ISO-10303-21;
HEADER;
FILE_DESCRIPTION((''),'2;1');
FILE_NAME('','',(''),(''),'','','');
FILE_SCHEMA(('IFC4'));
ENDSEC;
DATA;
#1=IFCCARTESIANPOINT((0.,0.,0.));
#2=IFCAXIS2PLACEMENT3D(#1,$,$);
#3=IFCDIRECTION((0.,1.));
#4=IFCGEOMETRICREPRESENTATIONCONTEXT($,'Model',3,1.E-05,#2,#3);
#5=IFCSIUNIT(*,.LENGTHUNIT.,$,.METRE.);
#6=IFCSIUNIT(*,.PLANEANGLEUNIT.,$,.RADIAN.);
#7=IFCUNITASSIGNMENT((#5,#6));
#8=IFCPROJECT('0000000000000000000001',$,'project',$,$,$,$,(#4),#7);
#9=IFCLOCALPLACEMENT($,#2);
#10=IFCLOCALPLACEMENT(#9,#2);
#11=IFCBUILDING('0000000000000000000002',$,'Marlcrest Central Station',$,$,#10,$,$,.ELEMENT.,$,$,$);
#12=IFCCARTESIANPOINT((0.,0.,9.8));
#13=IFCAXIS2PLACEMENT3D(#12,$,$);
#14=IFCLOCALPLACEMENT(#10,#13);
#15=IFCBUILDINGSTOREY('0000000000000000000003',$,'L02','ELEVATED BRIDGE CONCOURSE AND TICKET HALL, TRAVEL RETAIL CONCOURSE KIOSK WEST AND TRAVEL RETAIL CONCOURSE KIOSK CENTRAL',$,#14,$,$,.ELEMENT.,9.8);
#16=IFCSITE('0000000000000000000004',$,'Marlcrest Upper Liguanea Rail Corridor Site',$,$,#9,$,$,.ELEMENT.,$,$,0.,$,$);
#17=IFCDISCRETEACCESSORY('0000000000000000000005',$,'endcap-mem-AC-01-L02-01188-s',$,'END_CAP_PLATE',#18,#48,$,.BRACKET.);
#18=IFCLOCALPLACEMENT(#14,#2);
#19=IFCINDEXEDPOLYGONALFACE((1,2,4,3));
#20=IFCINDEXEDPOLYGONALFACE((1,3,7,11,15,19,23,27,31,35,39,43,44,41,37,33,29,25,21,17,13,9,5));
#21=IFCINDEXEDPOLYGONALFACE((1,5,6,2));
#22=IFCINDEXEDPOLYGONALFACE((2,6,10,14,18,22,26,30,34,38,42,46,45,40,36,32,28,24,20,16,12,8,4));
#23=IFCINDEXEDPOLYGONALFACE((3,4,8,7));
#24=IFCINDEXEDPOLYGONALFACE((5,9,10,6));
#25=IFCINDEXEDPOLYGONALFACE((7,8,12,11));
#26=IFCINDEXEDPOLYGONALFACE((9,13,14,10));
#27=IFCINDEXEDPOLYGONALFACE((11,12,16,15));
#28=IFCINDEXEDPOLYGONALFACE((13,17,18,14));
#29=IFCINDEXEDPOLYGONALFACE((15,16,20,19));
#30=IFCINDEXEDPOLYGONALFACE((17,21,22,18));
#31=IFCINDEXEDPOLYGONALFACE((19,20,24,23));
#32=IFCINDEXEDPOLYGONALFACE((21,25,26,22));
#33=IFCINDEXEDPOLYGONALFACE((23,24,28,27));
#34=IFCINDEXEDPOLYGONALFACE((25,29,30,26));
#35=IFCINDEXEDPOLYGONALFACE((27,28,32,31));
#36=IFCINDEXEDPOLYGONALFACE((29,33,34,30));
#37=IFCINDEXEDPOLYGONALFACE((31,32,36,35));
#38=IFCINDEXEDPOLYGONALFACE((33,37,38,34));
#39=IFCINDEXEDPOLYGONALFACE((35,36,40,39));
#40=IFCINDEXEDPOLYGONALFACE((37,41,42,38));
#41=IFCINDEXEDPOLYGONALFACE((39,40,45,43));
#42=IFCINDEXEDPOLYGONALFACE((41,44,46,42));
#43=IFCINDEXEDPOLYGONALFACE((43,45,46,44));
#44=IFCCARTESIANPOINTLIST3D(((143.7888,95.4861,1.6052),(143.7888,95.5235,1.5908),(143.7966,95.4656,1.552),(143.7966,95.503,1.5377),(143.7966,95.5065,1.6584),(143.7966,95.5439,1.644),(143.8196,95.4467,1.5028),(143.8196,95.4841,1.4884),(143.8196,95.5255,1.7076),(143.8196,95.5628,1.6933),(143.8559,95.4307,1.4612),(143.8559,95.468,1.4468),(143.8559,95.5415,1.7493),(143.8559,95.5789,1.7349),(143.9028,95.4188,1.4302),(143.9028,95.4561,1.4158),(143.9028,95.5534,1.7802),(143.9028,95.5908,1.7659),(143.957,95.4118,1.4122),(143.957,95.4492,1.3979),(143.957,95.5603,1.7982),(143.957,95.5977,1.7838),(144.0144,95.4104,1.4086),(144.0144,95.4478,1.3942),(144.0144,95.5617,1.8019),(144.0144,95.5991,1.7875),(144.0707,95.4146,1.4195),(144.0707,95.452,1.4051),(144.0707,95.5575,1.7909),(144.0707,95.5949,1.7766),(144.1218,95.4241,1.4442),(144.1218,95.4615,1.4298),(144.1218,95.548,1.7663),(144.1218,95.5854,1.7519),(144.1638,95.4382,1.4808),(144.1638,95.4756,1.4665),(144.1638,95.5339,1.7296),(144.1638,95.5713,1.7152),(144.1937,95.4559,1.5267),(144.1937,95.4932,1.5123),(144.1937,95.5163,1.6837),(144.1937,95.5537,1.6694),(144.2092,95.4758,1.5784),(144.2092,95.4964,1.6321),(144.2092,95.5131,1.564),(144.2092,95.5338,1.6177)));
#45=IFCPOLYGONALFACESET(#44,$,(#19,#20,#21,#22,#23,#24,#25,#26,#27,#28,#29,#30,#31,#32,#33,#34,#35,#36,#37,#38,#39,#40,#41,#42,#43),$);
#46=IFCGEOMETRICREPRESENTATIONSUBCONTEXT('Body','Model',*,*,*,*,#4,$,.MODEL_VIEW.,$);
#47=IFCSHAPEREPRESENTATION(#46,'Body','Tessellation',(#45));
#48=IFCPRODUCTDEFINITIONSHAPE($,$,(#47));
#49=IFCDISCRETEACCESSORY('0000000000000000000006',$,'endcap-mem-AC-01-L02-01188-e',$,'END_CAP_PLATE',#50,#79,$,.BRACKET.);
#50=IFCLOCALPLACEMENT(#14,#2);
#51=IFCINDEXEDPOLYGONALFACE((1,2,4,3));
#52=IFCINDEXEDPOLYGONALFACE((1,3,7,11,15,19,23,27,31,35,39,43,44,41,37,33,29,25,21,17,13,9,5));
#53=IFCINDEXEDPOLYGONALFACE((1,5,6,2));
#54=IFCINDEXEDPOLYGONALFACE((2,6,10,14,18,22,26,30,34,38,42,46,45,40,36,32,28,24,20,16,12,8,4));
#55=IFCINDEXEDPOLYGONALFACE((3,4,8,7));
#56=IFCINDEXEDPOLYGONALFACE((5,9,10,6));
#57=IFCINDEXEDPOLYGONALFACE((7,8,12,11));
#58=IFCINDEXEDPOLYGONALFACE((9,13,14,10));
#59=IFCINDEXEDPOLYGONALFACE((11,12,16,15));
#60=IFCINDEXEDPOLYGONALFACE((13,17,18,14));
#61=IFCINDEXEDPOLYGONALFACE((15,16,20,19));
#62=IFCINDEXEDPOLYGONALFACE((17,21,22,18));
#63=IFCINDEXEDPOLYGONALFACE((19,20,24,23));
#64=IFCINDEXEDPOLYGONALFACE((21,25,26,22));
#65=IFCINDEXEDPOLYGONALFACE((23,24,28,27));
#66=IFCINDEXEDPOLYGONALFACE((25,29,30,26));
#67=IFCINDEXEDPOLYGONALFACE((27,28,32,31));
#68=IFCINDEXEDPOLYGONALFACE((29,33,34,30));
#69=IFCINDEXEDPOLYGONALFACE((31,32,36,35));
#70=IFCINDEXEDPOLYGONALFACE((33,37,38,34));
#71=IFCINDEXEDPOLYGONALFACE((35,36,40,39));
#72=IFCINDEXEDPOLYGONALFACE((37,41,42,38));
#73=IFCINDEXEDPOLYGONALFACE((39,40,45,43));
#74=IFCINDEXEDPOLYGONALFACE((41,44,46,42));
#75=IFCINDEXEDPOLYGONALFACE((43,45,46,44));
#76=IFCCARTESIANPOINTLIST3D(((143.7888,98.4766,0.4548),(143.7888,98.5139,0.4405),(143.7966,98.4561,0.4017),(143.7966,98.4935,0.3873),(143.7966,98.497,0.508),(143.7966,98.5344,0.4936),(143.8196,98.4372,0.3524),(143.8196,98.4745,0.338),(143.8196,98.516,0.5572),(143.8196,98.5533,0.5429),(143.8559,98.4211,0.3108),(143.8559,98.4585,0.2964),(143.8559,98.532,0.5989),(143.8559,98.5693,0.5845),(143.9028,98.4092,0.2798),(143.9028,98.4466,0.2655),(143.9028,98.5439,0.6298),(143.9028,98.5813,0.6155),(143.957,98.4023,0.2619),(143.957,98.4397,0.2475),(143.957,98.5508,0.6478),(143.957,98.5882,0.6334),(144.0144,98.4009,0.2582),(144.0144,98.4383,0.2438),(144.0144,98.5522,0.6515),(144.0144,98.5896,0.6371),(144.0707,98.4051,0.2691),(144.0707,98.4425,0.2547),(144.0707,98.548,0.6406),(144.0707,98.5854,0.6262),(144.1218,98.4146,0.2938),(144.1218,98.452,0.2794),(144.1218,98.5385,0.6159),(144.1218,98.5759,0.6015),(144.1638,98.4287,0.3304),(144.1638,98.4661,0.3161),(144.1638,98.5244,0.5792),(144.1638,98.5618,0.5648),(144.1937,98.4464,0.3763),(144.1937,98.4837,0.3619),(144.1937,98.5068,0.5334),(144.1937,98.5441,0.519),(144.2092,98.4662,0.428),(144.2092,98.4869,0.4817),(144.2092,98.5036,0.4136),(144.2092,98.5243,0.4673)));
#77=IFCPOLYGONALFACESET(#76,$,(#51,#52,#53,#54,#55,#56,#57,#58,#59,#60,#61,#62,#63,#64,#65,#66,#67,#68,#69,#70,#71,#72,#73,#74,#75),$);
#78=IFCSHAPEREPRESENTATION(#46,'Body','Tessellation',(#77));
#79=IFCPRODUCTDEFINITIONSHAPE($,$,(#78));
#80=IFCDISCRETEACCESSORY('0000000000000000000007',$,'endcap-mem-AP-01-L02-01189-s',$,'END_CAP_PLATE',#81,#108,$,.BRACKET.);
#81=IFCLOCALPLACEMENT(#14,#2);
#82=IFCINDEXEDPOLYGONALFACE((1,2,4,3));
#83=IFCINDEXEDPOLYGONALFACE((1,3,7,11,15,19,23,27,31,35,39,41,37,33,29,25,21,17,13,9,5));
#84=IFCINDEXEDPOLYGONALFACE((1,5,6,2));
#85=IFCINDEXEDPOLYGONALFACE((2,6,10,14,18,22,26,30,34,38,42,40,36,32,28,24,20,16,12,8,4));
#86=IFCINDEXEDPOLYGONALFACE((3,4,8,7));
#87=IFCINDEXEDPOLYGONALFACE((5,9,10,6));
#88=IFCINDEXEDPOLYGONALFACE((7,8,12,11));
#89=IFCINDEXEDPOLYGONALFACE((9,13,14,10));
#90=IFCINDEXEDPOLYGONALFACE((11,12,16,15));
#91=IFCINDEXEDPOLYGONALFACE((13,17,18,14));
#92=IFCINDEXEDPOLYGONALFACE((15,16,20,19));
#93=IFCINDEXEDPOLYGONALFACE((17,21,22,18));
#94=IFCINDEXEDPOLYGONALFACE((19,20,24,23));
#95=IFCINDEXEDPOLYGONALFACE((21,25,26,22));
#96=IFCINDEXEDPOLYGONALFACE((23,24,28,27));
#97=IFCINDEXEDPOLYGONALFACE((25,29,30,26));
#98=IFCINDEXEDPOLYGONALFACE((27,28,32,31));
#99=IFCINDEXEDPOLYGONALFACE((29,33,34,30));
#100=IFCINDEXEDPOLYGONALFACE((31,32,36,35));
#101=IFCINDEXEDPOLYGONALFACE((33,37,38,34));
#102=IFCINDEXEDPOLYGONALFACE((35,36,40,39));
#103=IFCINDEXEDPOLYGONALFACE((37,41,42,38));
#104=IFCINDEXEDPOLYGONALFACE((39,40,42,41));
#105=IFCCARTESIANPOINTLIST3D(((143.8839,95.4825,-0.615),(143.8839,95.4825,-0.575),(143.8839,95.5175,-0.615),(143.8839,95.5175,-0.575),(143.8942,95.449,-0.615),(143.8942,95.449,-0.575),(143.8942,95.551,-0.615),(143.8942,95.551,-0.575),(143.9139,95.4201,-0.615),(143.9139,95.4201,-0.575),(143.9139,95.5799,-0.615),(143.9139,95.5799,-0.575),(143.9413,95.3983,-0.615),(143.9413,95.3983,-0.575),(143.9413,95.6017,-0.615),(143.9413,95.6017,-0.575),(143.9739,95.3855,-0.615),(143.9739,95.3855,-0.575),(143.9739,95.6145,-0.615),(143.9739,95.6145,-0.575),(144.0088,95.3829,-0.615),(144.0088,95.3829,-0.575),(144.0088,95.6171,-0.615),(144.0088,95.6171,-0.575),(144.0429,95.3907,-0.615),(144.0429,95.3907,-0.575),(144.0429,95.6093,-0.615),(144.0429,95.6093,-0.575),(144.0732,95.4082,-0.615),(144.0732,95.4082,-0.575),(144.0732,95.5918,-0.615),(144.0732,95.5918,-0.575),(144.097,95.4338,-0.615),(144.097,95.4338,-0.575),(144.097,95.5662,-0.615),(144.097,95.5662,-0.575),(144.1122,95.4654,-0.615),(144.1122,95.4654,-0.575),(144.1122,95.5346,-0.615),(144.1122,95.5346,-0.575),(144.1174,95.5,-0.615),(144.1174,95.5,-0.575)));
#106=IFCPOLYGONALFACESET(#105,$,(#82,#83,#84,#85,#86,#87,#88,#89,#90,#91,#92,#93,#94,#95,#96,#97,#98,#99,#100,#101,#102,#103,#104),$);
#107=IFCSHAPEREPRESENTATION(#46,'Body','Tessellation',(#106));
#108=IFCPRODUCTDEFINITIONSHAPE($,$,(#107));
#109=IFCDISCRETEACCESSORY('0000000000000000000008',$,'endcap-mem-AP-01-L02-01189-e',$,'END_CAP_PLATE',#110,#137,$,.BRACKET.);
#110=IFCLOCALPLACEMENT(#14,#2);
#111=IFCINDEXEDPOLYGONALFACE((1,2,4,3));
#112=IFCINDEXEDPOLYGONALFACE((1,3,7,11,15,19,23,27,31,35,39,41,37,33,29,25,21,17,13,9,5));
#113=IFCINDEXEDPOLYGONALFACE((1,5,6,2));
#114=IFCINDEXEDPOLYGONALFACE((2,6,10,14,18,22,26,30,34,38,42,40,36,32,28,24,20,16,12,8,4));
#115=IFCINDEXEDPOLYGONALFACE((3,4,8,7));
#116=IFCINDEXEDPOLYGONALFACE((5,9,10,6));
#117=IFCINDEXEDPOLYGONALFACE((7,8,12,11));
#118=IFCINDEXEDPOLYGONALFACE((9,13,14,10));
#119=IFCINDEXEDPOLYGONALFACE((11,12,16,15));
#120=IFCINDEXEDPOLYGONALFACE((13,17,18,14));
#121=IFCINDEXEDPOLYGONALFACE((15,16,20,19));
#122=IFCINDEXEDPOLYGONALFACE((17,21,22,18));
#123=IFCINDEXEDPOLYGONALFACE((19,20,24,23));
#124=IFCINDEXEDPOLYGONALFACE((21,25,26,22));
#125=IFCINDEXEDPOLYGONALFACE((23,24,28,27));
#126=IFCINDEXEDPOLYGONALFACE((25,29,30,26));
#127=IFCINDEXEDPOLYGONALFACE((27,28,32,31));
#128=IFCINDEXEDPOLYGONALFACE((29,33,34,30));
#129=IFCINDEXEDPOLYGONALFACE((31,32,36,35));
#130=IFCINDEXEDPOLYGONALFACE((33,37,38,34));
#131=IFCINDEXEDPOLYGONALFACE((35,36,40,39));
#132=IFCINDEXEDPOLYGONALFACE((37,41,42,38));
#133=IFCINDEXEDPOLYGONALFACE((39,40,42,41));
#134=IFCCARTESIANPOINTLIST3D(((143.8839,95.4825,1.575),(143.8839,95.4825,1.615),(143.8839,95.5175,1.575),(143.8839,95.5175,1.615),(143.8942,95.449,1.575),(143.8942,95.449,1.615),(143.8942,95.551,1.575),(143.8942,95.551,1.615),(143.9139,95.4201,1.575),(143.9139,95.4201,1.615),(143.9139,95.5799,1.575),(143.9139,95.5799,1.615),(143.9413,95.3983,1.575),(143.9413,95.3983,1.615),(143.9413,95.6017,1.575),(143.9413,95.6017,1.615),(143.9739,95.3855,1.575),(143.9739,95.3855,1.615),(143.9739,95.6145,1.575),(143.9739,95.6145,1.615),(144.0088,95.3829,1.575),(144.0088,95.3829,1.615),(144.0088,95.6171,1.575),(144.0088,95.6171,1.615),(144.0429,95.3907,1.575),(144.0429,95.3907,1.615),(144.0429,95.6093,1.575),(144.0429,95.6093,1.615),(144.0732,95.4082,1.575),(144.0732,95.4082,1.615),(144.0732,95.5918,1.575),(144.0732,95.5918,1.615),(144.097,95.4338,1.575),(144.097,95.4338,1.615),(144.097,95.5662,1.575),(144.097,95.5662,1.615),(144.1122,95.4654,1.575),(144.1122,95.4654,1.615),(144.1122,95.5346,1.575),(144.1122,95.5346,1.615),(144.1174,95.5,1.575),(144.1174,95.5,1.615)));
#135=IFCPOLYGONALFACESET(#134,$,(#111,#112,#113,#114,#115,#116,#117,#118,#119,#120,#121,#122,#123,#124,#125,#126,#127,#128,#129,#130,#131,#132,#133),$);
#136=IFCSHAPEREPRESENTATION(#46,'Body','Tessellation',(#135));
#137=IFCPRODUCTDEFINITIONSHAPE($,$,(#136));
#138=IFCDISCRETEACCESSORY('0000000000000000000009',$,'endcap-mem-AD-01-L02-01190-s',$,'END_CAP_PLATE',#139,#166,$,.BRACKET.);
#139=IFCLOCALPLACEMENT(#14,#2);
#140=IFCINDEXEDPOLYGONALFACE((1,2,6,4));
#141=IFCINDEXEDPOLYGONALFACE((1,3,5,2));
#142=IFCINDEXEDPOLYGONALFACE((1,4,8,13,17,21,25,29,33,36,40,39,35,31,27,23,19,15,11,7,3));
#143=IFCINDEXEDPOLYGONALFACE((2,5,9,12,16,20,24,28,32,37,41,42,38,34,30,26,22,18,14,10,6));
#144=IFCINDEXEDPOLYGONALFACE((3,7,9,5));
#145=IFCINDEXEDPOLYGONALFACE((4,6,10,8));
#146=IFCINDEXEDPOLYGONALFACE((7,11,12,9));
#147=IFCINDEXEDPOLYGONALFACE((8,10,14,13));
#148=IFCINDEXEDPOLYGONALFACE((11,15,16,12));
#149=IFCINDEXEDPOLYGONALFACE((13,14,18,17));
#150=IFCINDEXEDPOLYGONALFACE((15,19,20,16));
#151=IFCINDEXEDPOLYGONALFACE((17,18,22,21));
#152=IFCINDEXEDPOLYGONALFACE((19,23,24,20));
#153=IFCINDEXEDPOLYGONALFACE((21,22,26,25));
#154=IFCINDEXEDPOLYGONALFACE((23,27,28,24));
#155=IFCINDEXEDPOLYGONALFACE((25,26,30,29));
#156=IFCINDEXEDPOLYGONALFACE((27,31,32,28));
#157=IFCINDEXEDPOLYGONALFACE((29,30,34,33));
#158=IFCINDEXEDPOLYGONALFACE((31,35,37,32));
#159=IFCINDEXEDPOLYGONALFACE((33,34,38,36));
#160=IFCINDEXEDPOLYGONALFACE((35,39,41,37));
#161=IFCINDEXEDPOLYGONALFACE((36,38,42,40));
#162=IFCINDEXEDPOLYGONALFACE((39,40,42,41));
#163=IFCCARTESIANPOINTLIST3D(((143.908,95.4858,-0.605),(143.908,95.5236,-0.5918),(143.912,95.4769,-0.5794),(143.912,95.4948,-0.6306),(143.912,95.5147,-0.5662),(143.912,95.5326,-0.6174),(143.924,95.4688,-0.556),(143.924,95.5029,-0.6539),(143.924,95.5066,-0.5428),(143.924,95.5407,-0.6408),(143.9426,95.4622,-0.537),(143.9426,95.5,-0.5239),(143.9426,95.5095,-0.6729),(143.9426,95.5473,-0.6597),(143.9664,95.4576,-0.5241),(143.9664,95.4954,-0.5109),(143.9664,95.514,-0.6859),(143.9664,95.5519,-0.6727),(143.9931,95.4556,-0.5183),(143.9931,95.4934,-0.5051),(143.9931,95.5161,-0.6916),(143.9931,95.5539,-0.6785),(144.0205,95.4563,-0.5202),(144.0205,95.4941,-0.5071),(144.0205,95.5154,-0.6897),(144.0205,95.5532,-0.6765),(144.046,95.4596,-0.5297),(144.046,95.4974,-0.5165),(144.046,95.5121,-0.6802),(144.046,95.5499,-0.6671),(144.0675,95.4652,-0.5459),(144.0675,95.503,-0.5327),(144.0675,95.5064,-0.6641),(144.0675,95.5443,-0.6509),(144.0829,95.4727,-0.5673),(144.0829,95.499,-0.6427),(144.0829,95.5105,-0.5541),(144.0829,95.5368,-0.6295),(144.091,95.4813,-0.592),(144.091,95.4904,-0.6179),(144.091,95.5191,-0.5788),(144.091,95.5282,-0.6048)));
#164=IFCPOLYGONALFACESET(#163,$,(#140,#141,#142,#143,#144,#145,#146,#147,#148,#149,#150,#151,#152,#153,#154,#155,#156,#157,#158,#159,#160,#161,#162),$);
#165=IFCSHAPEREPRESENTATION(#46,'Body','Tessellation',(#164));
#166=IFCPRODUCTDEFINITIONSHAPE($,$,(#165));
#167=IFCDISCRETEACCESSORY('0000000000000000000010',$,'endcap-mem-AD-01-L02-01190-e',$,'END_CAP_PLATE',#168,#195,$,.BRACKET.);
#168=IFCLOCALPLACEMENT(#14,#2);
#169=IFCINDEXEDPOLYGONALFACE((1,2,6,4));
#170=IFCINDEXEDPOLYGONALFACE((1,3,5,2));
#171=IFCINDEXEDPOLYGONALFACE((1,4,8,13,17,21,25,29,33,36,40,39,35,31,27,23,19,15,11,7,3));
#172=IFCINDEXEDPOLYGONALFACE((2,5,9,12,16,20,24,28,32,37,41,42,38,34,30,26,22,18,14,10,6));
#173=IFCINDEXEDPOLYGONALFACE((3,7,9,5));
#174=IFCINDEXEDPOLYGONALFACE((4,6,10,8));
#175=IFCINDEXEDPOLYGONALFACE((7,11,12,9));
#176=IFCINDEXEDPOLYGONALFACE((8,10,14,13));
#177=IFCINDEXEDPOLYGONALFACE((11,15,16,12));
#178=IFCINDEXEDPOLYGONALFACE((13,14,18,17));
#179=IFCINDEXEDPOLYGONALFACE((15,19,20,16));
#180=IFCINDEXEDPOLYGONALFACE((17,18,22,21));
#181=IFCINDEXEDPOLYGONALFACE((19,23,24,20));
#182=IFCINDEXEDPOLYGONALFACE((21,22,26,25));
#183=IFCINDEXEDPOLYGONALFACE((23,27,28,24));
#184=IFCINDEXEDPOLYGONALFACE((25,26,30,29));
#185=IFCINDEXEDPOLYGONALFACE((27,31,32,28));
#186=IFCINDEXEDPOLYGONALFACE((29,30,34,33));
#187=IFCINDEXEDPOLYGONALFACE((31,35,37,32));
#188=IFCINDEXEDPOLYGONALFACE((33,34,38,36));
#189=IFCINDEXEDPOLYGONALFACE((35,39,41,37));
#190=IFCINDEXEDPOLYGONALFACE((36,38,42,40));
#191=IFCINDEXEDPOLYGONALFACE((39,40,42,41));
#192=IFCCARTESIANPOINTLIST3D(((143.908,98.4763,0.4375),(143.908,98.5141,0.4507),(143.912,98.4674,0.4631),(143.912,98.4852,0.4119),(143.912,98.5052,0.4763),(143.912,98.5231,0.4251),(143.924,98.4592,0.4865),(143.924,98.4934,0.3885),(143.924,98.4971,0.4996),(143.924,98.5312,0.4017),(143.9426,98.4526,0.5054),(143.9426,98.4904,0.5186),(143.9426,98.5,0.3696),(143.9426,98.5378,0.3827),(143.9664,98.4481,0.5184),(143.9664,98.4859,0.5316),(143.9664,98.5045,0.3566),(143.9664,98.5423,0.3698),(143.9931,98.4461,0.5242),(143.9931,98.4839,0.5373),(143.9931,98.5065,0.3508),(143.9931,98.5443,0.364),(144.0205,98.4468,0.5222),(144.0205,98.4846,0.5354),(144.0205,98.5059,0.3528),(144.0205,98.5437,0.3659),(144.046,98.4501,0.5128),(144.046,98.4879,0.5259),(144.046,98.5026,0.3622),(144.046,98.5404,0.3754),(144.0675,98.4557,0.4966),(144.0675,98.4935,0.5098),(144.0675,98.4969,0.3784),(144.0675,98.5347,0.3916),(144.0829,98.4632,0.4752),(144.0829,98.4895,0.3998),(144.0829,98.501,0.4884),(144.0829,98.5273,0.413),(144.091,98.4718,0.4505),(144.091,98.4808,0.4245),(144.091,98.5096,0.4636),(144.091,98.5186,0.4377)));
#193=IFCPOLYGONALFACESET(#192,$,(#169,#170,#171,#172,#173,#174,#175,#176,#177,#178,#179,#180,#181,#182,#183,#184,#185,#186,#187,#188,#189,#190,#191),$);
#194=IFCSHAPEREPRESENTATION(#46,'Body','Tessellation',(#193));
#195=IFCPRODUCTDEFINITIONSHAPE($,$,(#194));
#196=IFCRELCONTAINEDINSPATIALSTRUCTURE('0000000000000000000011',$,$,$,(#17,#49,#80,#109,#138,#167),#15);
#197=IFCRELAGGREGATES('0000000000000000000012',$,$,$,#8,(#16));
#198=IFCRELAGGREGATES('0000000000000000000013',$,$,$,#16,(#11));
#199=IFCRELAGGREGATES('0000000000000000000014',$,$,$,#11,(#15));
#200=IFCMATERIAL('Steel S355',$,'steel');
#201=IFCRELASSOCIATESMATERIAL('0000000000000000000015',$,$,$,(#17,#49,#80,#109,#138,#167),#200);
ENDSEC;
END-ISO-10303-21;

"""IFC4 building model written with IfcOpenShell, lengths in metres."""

from ifc_helpers import new_model, si_unit, direction, frame, origin, origin_2d, place, context, subcontext, project, spatial, circle, extrude, material, element, save


model = new_model("IFC4")

# Units and contexts
model_context = context("Model", 3, precision=1e-05, world=origin(), true_north=direction((0.0, 1.0)))
body_context = subcontext(model_context, "Body", "Model", "MODEL_VIEW")
ifc_project = project(units=[si_unit("LENGTHUNIT", "METRE"), si_unit("PLANEANGLEUNIT", "RADIAN")], contexts=[model_context])

# Site, building, storey
site_placement = place(None, origin())
site = spatial("IfcSite", under=ifc_project, at=site_placement, Name="Marlcrest Upper Liguanea Rail Corridor Site", CompositionType="ELEMENT", RefElevation=0.0)
building_placement = place(site_placement, origin())
building = spatial("IfcBuilding", under=site, at=building_placement, Name="Marlcrest Central Station", CompositionType="ELEMENT")
storey_placement = place(building_placement, frame((0.0, 0.0, 9.8)))
storey = spatial("IfcBuildingStorey", under=building, at=storey_placement, Name="L02", Description="ELEVATED BRIDGE CONCOURSE AND TICKET HALL, TRAVEL RETAIL CONCOURSE KIOSK WEST AND TRAVEL RETAIL CONCOURSE KIOSK CENTRAL", CompositionType="ELEMENT", Elevation=9.8)

# Shared definitions
ifc_material_1 = material(Name="Steel S355", Category="steel")

# Discrete accessories
for number, where, z_axis, x_axis, name in (
    (1, (144.0, 95.4861, 1.6052), (0.0, 0.933324, -0.359035), (-1.0, 0.0, 0.0), "endcap-mem-AC-01-L02-01188-s"),
    (2, (144.0, 98.4766, 0.4548), (0.0, 0.933324, -0.359035), (-1.0, 0.0, 0.0), "endcap-mem-AC-01-L02-01188-e"),
):
    element("IfcDiscreteAccessory", number, at=place(storey_placement, frame(where, z_axis=z_axis, x_axis=x_axis)), inside=storey, material=ifc_material_1, Name=name, ObjectType="END_CAP_PLATE", PredefinedType="BRACKET", context=body_context, shape_type="SweptSolid", body=[
        extrude(circle(Radius=0.2112, at=origin_2d()), origin(), (0.0, 0.0, 1.0), 0.04),
    ])
for number, where, z_axis, x_axis, name in (
    (3, (144.0, 95.5, -0.615), (0.0, 0.0, 1.0), (1.0, 0.0, 0.0), "endcap-mem-AP-01-L02-01189-s"),
    (4, (144.0, 95.5, 1.575), (0.0, 0.0, 1.0), (1.0, 0.0, 0.0), "endcap-mem-AP-01-L02-01189-e"),
):
    element("IfcDiscreteAccessory", number, at=place(storey_placement, frame(where, z_axis=z_axis, x_axis=x_axis)), inside=storey, material=ifc_material_1, Name=name, ObjectType="END_CAP_PLATE", PredefinedType="BRACKET", context=body_context, shape_type="SweptSolid", body=[
        extrude(circle(Radius=0.1174, at=origin_2d()), origin(), (0.0, 0.0, 1.0), 0.04),
    ])
for number, where, z_axis, x_axis, name in (
    (5, (144.0, 95.4858, -0.605), (0.0, 0.94426, 0.3292), (-1.0, 0.0, 0.0), "endcap-mem-AD-01-L02-01190-s"),
    (6, (144.0, 98.4763, 0.4375), (0.0, 0.94426, 0.3292), (-1.0, 0.0, 0.0), "endcap-mem-AD-01-L02-01190-e"),
):
    element("IfcDiscreteAccessory", number, at=place(storey_placement, frame(where, z_axis=z_axis, x_axis=x_axis)), inside=storey, material=ifc_material_1, Name=name, ObjectType="END_CAP_PLATE", PredefinedType="BRACKET", context=body_context, shape_type="SweptSolid", body=[
        extrude(circle(Radius=0.092, at=origin_2d()), origin(), (0.0, 0.0, 1.0), 0.04),
    ])

save(model, "model.ifc")
